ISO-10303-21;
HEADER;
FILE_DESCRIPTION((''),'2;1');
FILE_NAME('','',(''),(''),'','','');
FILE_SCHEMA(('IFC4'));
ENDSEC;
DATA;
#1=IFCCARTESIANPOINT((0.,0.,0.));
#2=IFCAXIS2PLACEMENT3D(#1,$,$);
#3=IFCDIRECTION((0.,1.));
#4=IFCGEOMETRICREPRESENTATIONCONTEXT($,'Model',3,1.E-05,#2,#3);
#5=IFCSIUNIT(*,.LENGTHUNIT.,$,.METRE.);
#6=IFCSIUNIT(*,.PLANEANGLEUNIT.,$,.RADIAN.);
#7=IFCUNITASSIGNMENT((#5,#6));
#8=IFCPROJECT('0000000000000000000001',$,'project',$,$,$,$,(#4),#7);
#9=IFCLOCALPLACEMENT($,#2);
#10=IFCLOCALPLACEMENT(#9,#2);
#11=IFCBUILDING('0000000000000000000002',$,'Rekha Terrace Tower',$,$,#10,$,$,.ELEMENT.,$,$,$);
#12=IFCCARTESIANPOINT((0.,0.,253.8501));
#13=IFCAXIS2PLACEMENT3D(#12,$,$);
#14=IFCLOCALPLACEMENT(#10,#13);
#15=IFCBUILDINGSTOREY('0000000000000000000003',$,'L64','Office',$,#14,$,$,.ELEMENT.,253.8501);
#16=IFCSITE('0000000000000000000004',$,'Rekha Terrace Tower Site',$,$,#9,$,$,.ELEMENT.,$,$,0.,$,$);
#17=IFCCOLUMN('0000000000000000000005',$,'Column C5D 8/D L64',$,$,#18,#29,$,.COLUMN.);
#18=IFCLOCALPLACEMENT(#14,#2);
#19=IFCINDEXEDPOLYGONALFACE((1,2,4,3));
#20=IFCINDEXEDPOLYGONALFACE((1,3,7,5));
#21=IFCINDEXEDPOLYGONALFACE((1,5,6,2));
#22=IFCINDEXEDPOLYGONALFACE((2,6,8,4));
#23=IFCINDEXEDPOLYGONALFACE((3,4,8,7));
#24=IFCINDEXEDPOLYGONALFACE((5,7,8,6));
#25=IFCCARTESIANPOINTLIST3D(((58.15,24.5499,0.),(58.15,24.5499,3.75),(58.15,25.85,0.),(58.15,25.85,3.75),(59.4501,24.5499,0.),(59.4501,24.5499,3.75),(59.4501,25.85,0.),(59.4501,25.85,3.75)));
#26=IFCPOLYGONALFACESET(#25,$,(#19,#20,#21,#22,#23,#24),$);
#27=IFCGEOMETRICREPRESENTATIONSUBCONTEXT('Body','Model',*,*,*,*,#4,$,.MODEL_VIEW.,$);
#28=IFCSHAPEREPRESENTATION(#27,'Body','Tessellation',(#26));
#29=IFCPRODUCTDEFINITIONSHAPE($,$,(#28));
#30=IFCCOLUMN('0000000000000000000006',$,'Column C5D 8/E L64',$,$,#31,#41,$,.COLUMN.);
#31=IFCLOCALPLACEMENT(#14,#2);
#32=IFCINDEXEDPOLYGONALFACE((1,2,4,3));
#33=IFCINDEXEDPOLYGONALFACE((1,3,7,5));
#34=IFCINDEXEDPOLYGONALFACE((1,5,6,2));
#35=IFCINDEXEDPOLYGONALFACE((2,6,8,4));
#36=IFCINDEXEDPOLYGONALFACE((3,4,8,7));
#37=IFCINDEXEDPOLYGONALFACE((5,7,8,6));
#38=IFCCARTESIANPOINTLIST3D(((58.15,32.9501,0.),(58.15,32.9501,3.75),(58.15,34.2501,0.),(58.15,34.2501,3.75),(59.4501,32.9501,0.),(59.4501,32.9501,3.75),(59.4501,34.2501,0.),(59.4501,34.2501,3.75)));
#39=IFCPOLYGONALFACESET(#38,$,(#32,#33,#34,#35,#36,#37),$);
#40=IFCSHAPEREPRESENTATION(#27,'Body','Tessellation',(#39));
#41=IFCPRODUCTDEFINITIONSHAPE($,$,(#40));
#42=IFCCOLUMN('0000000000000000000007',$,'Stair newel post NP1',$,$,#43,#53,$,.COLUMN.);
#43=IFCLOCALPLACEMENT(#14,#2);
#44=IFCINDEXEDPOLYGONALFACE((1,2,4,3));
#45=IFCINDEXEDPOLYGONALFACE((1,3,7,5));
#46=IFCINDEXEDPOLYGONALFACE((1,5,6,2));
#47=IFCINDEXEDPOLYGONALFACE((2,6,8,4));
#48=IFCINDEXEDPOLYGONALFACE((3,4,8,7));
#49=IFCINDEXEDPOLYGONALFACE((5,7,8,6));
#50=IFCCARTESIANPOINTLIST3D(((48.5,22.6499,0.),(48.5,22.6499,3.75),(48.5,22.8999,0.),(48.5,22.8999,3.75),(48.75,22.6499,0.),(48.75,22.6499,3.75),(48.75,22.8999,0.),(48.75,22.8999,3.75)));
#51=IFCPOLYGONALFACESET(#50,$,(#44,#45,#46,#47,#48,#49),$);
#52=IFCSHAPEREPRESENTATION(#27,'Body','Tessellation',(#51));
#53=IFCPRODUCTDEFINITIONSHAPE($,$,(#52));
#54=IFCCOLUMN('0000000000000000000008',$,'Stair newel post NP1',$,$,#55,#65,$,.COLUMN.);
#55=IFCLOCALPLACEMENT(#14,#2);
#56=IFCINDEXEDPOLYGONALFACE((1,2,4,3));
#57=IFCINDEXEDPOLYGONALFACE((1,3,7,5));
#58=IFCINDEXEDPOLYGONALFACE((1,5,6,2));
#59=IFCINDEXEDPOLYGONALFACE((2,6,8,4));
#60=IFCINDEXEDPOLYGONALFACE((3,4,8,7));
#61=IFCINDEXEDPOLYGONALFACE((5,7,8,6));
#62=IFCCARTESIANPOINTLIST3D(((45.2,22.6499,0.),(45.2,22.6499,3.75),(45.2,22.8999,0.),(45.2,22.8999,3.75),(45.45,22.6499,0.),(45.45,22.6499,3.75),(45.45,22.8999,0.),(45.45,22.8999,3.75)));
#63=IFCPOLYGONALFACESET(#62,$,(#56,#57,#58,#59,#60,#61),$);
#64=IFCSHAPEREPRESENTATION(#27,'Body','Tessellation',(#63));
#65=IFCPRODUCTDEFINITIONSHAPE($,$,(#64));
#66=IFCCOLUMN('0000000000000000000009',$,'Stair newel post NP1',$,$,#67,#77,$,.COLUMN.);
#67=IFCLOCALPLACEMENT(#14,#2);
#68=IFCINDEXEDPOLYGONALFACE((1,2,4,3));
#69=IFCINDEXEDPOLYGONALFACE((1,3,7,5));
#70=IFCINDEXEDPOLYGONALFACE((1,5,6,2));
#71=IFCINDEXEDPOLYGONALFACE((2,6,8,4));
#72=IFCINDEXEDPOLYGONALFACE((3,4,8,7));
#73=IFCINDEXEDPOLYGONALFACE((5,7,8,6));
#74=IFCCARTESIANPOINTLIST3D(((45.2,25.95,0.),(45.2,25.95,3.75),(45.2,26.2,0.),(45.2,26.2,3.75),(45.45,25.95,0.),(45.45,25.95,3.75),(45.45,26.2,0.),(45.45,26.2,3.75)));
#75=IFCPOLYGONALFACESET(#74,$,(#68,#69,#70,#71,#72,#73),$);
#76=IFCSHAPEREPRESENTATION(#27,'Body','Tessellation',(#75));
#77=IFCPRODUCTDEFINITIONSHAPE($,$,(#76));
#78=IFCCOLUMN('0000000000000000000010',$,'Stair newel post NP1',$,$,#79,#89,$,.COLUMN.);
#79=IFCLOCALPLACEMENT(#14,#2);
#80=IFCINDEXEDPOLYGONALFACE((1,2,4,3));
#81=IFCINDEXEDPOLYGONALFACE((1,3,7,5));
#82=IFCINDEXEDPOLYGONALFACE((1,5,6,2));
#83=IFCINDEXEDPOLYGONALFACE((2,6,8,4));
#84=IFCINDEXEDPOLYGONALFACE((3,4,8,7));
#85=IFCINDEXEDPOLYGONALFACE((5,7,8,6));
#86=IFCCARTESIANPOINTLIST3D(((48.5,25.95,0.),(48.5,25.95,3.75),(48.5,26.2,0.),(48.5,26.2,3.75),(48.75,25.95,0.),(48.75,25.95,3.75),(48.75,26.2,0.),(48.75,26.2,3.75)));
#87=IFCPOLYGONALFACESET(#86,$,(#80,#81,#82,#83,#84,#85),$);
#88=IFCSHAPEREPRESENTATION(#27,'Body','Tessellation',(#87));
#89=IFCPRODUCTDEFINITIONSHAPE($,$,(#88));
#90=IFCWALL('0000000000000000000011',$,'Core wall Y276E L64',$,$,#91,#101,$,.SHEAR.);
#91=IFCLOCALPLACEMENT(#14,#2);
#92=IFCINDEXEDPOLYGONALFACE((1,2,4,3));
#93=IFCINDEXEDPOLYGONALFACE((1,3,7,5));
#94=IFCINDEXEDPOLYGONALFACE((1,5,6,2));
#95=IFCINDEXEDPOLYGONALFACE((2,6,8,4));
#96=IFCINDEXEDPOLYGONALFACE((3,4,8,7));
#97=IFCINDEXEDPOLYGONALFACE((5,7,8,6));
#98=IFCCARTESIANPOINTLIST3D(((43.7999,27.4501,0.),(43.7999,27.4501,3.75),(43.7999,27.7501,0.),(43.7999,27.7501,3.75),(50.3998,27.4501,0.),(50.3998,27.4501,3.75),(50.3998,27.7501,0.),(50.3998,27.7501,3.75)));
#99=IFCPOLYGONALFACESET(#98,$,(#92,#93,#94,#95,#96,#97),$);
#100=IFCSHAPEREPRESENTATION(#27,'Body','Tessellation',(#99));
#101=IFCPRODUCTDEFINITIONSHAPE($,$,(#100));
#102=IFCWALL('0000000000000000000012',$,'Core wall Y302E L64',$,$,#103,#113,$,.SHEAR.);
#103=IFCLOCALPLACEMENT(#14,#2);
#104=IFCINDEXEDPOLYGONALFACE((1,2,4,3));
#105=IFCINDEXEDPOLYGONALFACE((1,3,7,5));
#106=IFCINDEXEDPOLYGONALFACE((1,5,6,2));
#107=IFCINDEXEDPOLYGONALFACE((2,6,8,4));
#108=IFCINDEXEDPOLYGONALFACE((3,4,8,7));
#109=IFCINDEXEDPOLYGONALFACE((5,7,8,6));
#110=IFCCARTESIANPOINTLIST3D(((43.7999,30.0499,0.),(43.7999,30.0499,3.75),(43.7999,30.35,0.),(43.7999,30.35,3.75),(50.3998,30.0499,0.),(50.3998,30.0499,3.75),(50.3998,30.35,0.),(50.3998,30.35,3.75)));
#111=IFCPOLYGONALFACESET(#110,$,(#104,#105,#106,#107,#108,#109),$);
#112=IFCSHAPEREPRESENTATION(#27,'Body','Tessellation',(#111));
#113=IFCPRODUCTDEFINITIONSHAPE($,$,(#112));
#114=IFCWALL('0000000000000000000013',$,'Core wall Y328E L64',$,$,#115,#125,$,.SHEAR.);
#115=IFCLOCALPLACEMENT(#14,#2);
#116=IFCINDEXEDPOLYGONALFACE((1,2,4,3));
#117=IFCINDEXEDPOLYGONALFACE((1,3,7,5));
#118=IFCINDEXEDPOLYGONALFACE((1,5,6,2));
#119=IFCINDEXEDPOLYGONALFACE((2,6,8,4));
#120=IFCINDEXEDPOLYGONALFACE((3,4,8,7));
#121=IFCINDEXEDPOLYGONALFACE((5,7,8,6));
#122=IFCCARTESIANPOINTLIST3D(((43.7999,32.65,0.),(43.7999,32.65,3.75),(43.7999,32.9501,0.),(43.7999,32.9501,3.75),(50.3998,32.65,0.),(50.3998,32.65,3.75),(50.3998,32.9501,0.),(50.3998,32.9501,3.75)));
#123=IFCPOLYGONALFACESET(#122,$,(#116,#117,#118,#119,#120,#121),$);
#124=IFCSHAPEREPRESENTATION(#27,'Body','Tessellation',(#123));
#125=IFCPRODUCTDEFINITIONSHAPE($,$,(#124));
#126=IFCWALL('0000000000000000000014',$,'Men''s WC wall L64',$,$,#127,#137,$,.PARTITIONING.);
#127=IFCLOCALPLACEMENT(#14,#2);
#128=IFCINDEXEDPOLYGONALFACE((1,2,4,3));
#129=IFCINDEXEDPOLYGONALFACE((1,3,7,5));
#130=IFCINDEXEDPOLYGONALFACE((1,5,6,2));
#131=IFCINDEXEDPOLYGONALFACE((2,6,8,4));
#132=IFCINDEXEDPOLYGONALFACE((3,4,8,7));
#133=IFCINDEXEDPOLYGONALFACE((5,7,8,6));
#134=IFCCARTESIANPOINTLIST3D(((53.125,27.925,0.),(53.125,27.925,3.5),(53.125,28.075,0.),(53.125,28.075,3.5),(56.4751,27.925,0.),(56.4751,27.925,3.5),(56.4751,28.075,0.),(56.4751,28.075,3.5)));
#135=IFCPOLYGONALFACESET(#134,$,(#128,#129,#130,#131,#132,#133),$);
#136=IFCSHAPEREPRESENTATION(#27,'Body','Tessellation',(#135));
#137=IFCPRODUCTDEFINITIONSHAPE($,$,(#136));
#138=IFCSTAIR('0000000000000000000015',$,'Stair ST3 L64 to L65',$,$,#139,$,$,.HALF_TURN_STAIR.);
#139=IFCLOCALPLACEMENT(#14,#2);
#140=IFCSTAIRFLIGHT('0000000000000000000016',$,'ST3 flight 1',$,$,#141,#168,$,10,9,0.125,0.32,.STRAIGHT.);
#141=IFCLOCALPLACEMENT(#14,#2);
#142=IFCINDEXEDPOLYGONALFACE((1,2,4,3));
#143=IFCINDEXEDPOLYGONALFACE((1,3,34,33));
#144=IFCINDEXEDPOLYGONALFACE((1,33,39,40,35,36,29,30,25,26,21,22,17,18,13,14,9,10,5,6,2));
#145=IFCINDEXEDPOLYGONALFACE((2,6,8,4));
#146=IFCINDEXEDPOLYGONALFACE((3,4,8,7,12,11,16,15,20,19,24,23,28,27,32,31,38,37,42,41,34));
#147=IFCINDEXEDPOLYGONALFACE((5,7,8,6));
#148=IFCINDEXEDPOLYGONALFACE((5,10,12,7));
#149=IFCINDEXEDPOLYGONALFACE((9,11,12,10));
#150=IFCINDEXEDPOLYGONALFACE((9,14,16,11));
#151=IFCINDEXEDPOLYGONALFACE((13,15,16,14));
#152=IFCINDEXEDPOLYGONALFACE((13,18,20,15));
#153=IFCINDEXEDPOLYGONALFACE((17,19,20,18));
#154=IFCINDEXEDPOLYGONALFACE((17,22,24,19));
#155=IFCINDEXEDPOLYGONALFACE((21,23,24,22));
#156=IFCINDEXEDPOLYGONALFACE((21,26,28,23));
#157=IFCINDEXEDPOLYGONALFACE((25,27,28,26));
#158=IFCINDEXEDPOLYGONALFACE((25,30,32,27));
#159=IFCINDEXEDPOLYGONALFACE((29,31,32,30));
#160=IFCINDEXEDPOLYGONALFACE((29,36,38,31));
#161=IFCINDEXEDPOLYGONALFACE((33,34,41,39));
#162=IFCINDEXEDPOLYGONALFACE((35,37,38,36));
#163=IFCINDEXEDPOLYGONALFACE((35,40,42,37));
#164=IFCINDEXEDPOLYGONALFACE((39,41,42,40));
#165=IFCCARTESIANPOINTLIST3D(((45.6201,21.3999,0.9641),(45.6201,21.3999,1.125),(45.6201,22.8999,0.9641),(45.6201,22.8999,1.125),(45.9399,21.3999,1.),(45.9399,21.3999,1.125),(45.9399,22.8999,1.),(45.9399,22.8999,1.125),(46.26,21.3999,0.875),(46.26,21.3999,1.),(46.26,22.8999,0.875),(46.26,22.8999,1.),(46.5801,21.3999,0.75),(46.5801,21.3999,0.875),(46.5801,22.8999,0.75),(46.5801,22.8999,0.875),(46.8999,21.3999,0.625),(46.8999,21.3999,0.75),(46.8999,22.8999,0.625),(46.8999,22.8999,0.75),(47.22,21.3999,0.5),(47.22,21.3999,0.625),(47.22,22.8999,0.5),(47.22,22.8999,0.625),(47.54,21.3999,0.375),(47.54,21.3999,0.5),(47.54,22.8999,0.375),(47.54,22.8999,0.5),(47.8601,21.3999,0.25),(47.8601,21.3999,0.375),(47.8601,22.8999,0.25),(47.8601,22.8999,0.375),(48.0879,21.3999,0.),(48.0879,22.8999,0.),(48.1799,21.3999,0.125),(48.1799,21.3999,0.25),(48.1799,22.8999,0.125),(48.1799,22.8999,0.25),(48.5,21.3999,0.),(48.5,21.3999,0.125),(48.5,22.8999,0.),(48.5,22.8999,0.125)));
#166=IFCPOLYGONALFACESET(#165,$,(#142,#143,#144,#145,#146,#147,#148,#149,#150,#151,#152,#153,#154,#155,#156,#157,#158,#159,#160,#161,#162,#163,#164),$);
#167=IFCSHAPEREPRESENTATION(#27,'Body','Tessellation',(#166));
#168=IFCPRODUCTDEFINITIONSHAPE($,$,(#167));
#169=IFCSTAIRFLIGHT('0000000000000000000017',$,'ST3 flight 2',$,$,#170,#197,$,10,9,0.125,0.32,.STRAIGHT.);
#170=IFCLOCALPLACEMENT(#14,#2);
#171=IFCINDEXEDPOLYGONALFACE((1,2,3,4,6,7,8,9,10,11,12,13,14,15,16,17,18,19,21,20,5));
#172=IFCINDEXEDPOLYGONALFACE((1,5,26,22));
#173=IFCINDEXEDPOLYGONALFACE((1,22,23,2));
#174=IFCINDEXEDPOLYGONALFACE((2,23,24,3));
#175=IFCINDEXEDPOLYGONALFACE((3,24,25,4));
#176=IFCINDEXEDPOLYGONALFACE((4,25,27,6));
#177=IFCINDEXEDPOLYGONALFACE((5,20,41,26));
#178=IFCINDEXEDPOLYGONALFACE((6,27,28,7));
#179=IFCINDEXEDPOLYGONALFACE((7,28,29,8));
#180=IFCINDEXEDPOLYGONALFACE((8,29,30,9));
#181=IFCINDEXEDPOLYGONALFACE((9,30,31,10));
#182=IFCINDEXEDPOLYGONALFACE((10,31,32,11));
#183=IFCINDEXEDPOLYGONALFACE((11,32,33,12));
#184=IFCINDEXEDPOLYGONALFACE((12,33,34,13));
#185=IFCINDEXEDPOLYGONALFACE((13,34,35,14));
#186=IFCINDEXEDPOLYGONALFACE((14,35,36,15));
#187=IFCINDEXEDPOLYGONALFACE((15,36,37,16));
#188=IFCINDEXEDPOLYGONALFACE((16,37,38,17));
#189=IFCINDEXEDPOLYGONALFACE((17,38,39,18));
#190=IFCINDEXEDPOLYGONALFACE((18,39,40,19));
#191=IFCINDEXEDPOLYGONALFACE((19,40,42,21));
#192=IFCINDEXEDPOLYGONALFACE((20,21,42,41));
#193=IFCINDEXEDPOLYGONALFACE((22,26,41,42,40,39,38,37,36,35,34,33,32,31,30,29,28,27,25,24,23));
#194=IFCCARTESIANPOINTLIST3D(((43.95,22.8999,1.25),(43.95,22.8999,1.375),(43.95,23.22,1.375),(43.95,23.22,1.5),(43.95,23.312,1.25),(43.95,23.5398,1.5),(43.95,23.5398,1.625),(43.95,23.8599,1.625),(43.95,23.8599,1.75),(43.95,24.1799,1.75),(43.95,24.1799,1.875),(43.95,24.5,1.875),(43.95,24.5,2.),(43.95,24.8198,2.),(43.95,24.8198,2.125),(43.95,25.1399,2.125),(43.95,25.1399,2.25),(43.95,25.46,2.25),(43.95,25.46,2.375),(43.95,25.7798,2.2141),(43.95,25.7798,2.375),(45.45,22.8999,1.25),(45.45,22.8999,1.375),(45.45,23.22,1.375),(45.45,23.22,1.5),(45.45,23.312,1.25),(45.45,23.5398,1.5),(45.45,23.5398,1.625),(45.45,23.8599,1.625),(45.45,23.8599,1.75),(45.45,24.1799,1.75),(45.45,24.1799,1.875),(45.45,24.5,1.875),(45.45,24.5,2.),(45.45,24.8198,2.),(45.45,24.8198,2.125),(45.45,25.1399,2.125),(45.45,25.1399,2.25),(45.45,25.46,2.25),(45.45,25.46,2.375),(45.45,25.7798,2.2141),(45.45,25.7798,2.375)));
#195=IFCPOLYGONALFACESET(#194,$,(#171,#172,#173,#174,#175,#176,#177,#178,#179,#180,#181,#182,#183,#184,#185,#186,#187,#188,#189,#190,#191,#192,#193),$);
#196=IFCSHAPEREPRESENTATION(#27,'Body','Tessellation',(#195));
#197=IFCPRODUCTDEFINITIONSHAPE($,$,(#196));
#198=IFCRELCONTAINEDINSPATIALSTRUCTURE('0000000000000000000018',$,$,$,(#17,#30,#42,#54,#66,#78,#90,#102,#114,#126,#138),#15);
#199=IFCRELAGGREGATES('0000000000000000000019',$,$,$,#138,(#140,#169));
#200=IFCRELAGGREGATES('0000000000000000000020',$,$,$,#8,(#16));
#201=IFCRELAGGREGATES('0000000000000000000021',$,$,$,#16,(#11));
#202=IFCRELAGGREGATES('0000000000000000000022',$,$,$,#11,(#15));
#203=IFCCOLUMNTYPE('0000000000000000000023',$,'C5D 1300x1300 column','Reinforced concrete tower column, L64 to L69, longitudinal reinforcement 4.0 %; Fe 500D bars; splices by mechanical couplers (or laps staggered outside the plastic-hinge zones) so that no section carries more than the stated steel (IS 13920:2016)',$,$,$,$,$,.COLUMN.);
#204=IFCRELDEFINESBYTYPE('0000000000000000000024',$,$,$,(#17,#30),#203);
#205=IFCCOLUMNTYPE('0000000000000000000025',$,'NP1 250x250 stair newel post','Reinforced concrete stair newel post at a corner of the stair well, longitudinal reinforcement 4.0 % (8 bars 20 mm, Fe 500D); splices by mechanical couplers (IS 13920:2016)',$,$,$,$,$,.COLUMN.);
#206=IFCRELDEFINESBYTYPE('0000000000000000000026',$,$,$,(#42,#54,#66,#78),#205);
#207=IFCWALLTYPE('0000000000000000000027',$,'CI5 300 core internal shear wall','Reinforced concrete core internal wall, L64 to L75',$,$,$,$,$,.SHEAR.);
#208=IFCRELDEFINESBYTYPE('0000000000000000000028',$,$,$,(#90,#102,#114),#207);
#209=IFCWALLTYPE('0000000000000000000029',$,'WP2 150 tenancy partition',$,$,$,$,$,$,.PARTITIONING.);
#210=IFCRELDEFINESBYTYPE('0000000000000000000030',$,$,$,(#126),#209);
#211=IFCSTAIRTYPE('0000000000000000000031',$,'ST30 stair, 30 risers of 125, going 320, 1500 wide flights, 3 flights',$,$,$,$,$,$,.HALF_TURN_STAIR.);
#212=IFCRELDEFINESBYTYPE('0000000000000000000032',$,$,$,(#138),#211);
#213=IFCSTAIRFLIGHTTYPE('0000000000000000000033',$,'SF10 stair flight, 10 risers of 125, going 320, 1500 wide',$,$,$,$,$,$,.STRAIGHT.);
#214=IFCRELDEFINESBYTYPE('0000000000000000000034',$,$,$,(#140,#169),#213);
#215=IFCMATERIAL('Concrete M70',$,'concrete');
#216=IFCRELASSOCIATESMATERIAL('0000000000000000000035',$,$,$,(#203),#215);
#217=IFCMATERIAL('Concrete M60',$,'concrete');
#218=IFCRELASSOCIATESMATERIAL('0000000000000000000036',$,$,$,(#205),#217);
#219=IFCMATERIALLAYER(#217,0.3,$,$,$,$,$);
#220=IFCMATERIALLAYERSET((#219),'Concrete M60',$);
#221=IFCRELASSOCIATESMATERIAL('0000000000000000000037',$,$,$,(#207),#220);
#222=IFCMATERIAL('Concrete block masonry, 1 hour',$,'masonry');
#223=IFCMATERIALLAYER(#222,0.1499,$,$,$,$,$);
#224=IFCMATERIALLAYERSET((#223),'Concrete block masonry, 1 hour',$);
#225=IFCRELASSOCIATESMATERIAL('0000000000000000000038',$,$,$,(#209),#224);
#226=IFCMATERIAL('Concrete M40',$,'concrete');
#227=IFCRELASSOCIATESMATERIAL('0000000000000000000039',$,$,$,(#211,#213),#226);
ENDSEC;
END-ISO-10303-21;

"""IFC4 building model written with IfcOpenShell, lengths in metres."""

from ifc_helpers import new_model, si_unit, direction, frame, frame_2d, origin, origin_2d, place, context, subcontext, project, spatial, polyline, rectangle, outline, extrude, material, layer, layer_set, material_profile, profile_set, type_object, element, aggregate, save


model = new_model("IFC4")

# Units and contexts
model_context = context("Model", 3, precision=1e-05, world=origin(), true_north=direction((0.0, 1.0)))
body_context = subcontext(model_context, "Body", "Model", "MODEL_VIEW")
ifc_project = project(units=[si_unit("LENGTHUNIT", "METRE"), si_unit("PLANEANGLEUNIT", "RADIAN")], contexts=[model_context])

# Site, building, storey
site_placement = place(None, origin())
site = spatial("IfcSite", under=ifc_project, at=site_placement, Name="Rekha Terrace Tower Site", CompositionType="ELEMENT", RefElevation=0.0)
building_placement = place(site_placement, origin())
building = spatial("IfcBuilding", under=site, at=building_placement, Name="Rekha Terrace Tower", CompositionType="ELEMENT")
storey_placement = place(building_placement, frame((0.0, 0.0, 253.8501)))
storey = spatial("IfcBuildingStorey", under=building, at=storey_placement, Name="L64", Description="Office", CompositionType="ELEMENT", Elevation=253.8501)

# Columns
ifc_material_1 = material(Name="Concrete M70", Category="concrete")
ifc_material_profile_1 = material_profile(ifc_material_1, rectangle(XDim=1.3, YDim=1.3, at=origin_2d()), Name="RC 1300x1300")
ifc_profile_set_1 = profile_set([ifc_material_profile_1], Name="Concrete M70")
column_type_1 = type_object("IfcColumnType", Name="C5D 1300x1300 column", Description="Reinforced concrete tower column, L64 to L69, longitudinal reinforcement 4.0 %; Fe 500D bars; splices by mechanical couplers (or laps staggered outside the plastic-hinge zones) so that no section carries more than the stated steel (IS 13920:2016)", PredefinedType="COLUMN", material=ifc_profile_set_1)
for number, where, z_axis, x_axis, name in (
    (1, (58.8, 25.2, 0.0), (0.0, 0.0, 1.0), (1.0, 0.0, 0.0), "Column C5D 8/D L64"),
    (2, (58.8, 33.6001, 0.0), (0.0, 0.0, 1.0), (1.0, 0.0, 0.0), "Column C5D 8/E L64"),
):
    element("IfcColumn", number, at=place(storey_placement, frame(where, z_axis=z_axis, x_axis=x_axis)), inside=storey, type_object=column_type_1, Name=name, PredefinedType="COLUMN", context=body_context, shape_type="SweptSolid", body=[
        extrude(rectangle(XDim=1.3, YDim=1.3, at=origin_2d()), origin(), (0.0, 0.0, 1.0), 3.75),
    ])
ifc_material_2 = material(Name="Concrete M60", Category="concrete")
ifc_material_profile_2 = material_profile(ifc_material_2, rectangle(XDim=0.25, YDim=0.25, at=origin_2d()), Name="RC 250x250")
ifc_profile_set_2 = profile_set([ifc_material_profile_2], Name="Concrete M60")
column_type_2 = type_object("IfcColumnType", Name="NP1 250x250 stair newel post", Description="Reinforced concrete stair newel post at a corner of the stair well, longitudinal reinforcement 4.0 % (8 bars 20 mm, Fe 500D); splices by mechanical couplers (IS 13920:2016)", PredefinedType="COLUMN", material=ifc_profile_set_2)
for number, where, z_axis, x_axis, name in (
    (3, (48.625, 22.7749, 0.0), (0.0, 0.0, 1.0), (1.0, 0.0, 0.0), "Stair newel post NP1"),
    (4, (45.325, 22.7749, 0.0), (0.0, 0.0, 1.0), (1.0, 0.0, 0.0), "Stair newel post NP1"),
    (5, (45.325, 26.075, 0.0), (0.0, 0.0, 1.0), (1.0, 0.0, 0.0), "Stair newel post NP1"),
    (6, (48.625, 26.075, 0.0), (0.0, 0.0, 1.0), (1.0, 0.0, 0.0), "Stair newel post NP1"),
):
    element("IfcColumn", number, at=place(storey_placement, frame(where, z_axis=z_axis, x_axis=x_axis)), inside=storey, type_object=column_type_2, Name=name, PredefinedType="COLUMN", context=body_context, shape_type="SweptSolid", body=[
        extrude(rectangle(XDim=0.25, YDim=0.25, at=origin_2d()), origin(), (0.0, 0.0, 1.0), 3.75),
    ])

# Walls
ifc_layer_1 = layer(ifc_material_2, 0.3)
ifc_layer_set_1 = layer_set([ifc_layer_1], Name="Concrete M60")
wall_type_1 = type_object("IfcWallType", Name="CI5 300 core internal shear wall", Description="Reinforced concrete core internal wall, L64 to L75", PredefinedType="SHEAR", material=ifc_layer_set_1)
for number, where, z_axis, x_axis, name in (
    (7, (43.8, 27.6001, 0.0), (0.0, 0.0, 1.0), (1.0, 0.0, 0.0), "Core wall Y276E L64"),
    (8, (43.8, 30.2, 0.0), (0.0, 0.0, 1.0), (1.0, 0.0, 0.0), "Core wall Y302E L64"),
    (9, (43.8, 32.8, 0.0), (0.0, 0.0, 1.0), (1.0, 0.0, 0.0), "Core wall Y328E L64"),
):
    element("IfcWall", number, at=place(storey_placement, frame(where, z_axis=z_axis, x_axis=x_axis)), inside=storey, type_object=wall_type_1, Name=name, PredefinedType="SHEAR", context=body_context, shape_type="SweptSolid", body=[
        extrude(rectangle(XDim=6.5999, YDim=0.3, at=frame_2d((3.2998, 0.0))), origin(), (0.0, 0.0, 1.0), 3.75),
    ])
ifc_material_3 = material(Name="Concrete block masonry, 1 hour", Category="masonry")
ifc_layer_2 = layer(ifc_material_3, 0.1499)
ifc_layer_set_2 = layer_set([ifc_layer_2], Name="Concrete block masonry, 1 hour")
wall_type_2 = type_object("IfcWallType", Name="WP2 150 tenancy partition", PredefinedType="PARTITIONING", material=ifc_layer_set_2)
wall_placement = place(storey_placement, frame((53.125, 28.0, 0.0), z_axis=(0.0, 0.0, 1.0), x_axis=(1.0, 0.0, 0.0)))
element("IfcWall", 10, at=wall_placement, inside=storey, type_object=wall_type_2, Name="Men's WC wall L64", PredefinedType="PARTITIONING", context=body_context, shape_type="SweptSolid", body=[
    extrude(rectangle(XDim=3.3501, YDim=0.1499, at=frame_2d((1.675, 0.0))), origin(), (0.0, 0.0, 1.0), 3.5),
])

# Stair, stair flights
ifc_material_4 = material(Name="Concrete M40", Category="concrete")
stair_type = type_object("IfcStairType", Name="ST30 stair, 30 risers of 125, going 320, 1500 wide flights, 3 flights", PredefinedType="HALF_TURN_STAIR", material=ifc_material_4)
stair_placement = place(storey_placement, origin())
stair = element("IfcStair", 11, at=stair_placement, inside=storey, type_object=stair_type, Name="Stair ST3 L64 to L65", PredefinedType="HALF_TURN_STAIR")
stair_flight_type = type_object("IfcStairFlightType", Name="SF10 stair flight, 10 risers of 125, going 320, 1500 wide", PredefinedType="STRAIGHT", material=ifc_material_4)
stair_flight_1_placement = place(storey_placement, frame((48.5, 22.1499, 0.0), z_axis=(0.0, 0.0, 1.0), x_axis=(-1.0, 0.0, 0.0)))
stair_flight_1 = element("IfcStairFlight", 12, at=stair_flight_1_placement, type_object=stair_flight_type, Name="ST3 flight 1", NumberOfRisers=10, NumberOfTreads=9, PredefinedType="STRAIGHT", RiserHeight=0.125, TreadLength=0.32, context=body_context, shape_type="SweptSolid", body=[
    extrude(outline(polyline([(0.0, 0.0), (0.0, 0.125), (0.3201, 0.125), (0.3201, 0.25), (0.6399, 0.25), (0.6399, 0.375), (0.96, 0.375), (0.96, 0.5), (1.28, 0.5), (1.28, 0.625), (1.6001, 0.625), (1.6001, 0.75), (1.9199, 0.75), (1.9199, 0.875), (2.24, 0.875), (2.24, 1.0), (2.5601, 1.0), (2.5601, 1.125), (2.8799, 1.125), (2.8799, 1.25), (2.8799, 0.9641), (0.4121, 0.0), (0.0, 0.0)])), frame((0.0, 0.75, 0.0), z_axis=(0.0, -1.0, 0.0), x_axis=(1.0, 0.0, 0.0)), (0.0, 0.0, 1.0), 1.5),
])
stair_flight_2_placement = place(storey_placement, frame((44.7, 22.8999, 1.25), z_axis=(0.0, 0.0, 1.0), x_axis=(0.0, 1.0, 0.0)))
stair_flight_2 = element("IfcStairFlight", 13, at=stair_flight_2_placement, type_object=stair_flight_type, Name="ST3 flight 2", NumberOfRisers=10, NumberOfTreads=9, PredefinedType="STRAIGHT", RiserHeight=0.125, TreadLength=0.32, context=body_context, shape_type="SweptSolid", body=[
    extrude(outline(polyline([(0.0, 0.0), (0.0, 0.125), (0.3201, 0.125), (0.3201, 0.25), (0.6399, 0.25), (0.6399, 0.375), (0.96, 0.375), (0.96, 0.5), (1.28, 0.5), (1.28, 0.625), (1.6001, 0.625), (1.6001, 0.75), (1.9199, 0.75), (1.9199, 0.875), (2.24, 0.875), (2.24, 1.0), (2.5601, 1.0), (2.5601, 1.125), (2.8799, 1.125), (2.8799, 1.25), (2.8799, 0.9641), (0.4121, 0.0), (0.0, 0.0)])), frame((0.0, 0.75, 0.0), z_axis=(0.0, -1.0, 0.0), x_axis=(1.0, 0.0, 0.0)), (0.0, 0.0, 1.0), 1.5),
])
aggregate(stair, [stair_flight_1, stair_flight_2])

save(model, "model.ifc")
